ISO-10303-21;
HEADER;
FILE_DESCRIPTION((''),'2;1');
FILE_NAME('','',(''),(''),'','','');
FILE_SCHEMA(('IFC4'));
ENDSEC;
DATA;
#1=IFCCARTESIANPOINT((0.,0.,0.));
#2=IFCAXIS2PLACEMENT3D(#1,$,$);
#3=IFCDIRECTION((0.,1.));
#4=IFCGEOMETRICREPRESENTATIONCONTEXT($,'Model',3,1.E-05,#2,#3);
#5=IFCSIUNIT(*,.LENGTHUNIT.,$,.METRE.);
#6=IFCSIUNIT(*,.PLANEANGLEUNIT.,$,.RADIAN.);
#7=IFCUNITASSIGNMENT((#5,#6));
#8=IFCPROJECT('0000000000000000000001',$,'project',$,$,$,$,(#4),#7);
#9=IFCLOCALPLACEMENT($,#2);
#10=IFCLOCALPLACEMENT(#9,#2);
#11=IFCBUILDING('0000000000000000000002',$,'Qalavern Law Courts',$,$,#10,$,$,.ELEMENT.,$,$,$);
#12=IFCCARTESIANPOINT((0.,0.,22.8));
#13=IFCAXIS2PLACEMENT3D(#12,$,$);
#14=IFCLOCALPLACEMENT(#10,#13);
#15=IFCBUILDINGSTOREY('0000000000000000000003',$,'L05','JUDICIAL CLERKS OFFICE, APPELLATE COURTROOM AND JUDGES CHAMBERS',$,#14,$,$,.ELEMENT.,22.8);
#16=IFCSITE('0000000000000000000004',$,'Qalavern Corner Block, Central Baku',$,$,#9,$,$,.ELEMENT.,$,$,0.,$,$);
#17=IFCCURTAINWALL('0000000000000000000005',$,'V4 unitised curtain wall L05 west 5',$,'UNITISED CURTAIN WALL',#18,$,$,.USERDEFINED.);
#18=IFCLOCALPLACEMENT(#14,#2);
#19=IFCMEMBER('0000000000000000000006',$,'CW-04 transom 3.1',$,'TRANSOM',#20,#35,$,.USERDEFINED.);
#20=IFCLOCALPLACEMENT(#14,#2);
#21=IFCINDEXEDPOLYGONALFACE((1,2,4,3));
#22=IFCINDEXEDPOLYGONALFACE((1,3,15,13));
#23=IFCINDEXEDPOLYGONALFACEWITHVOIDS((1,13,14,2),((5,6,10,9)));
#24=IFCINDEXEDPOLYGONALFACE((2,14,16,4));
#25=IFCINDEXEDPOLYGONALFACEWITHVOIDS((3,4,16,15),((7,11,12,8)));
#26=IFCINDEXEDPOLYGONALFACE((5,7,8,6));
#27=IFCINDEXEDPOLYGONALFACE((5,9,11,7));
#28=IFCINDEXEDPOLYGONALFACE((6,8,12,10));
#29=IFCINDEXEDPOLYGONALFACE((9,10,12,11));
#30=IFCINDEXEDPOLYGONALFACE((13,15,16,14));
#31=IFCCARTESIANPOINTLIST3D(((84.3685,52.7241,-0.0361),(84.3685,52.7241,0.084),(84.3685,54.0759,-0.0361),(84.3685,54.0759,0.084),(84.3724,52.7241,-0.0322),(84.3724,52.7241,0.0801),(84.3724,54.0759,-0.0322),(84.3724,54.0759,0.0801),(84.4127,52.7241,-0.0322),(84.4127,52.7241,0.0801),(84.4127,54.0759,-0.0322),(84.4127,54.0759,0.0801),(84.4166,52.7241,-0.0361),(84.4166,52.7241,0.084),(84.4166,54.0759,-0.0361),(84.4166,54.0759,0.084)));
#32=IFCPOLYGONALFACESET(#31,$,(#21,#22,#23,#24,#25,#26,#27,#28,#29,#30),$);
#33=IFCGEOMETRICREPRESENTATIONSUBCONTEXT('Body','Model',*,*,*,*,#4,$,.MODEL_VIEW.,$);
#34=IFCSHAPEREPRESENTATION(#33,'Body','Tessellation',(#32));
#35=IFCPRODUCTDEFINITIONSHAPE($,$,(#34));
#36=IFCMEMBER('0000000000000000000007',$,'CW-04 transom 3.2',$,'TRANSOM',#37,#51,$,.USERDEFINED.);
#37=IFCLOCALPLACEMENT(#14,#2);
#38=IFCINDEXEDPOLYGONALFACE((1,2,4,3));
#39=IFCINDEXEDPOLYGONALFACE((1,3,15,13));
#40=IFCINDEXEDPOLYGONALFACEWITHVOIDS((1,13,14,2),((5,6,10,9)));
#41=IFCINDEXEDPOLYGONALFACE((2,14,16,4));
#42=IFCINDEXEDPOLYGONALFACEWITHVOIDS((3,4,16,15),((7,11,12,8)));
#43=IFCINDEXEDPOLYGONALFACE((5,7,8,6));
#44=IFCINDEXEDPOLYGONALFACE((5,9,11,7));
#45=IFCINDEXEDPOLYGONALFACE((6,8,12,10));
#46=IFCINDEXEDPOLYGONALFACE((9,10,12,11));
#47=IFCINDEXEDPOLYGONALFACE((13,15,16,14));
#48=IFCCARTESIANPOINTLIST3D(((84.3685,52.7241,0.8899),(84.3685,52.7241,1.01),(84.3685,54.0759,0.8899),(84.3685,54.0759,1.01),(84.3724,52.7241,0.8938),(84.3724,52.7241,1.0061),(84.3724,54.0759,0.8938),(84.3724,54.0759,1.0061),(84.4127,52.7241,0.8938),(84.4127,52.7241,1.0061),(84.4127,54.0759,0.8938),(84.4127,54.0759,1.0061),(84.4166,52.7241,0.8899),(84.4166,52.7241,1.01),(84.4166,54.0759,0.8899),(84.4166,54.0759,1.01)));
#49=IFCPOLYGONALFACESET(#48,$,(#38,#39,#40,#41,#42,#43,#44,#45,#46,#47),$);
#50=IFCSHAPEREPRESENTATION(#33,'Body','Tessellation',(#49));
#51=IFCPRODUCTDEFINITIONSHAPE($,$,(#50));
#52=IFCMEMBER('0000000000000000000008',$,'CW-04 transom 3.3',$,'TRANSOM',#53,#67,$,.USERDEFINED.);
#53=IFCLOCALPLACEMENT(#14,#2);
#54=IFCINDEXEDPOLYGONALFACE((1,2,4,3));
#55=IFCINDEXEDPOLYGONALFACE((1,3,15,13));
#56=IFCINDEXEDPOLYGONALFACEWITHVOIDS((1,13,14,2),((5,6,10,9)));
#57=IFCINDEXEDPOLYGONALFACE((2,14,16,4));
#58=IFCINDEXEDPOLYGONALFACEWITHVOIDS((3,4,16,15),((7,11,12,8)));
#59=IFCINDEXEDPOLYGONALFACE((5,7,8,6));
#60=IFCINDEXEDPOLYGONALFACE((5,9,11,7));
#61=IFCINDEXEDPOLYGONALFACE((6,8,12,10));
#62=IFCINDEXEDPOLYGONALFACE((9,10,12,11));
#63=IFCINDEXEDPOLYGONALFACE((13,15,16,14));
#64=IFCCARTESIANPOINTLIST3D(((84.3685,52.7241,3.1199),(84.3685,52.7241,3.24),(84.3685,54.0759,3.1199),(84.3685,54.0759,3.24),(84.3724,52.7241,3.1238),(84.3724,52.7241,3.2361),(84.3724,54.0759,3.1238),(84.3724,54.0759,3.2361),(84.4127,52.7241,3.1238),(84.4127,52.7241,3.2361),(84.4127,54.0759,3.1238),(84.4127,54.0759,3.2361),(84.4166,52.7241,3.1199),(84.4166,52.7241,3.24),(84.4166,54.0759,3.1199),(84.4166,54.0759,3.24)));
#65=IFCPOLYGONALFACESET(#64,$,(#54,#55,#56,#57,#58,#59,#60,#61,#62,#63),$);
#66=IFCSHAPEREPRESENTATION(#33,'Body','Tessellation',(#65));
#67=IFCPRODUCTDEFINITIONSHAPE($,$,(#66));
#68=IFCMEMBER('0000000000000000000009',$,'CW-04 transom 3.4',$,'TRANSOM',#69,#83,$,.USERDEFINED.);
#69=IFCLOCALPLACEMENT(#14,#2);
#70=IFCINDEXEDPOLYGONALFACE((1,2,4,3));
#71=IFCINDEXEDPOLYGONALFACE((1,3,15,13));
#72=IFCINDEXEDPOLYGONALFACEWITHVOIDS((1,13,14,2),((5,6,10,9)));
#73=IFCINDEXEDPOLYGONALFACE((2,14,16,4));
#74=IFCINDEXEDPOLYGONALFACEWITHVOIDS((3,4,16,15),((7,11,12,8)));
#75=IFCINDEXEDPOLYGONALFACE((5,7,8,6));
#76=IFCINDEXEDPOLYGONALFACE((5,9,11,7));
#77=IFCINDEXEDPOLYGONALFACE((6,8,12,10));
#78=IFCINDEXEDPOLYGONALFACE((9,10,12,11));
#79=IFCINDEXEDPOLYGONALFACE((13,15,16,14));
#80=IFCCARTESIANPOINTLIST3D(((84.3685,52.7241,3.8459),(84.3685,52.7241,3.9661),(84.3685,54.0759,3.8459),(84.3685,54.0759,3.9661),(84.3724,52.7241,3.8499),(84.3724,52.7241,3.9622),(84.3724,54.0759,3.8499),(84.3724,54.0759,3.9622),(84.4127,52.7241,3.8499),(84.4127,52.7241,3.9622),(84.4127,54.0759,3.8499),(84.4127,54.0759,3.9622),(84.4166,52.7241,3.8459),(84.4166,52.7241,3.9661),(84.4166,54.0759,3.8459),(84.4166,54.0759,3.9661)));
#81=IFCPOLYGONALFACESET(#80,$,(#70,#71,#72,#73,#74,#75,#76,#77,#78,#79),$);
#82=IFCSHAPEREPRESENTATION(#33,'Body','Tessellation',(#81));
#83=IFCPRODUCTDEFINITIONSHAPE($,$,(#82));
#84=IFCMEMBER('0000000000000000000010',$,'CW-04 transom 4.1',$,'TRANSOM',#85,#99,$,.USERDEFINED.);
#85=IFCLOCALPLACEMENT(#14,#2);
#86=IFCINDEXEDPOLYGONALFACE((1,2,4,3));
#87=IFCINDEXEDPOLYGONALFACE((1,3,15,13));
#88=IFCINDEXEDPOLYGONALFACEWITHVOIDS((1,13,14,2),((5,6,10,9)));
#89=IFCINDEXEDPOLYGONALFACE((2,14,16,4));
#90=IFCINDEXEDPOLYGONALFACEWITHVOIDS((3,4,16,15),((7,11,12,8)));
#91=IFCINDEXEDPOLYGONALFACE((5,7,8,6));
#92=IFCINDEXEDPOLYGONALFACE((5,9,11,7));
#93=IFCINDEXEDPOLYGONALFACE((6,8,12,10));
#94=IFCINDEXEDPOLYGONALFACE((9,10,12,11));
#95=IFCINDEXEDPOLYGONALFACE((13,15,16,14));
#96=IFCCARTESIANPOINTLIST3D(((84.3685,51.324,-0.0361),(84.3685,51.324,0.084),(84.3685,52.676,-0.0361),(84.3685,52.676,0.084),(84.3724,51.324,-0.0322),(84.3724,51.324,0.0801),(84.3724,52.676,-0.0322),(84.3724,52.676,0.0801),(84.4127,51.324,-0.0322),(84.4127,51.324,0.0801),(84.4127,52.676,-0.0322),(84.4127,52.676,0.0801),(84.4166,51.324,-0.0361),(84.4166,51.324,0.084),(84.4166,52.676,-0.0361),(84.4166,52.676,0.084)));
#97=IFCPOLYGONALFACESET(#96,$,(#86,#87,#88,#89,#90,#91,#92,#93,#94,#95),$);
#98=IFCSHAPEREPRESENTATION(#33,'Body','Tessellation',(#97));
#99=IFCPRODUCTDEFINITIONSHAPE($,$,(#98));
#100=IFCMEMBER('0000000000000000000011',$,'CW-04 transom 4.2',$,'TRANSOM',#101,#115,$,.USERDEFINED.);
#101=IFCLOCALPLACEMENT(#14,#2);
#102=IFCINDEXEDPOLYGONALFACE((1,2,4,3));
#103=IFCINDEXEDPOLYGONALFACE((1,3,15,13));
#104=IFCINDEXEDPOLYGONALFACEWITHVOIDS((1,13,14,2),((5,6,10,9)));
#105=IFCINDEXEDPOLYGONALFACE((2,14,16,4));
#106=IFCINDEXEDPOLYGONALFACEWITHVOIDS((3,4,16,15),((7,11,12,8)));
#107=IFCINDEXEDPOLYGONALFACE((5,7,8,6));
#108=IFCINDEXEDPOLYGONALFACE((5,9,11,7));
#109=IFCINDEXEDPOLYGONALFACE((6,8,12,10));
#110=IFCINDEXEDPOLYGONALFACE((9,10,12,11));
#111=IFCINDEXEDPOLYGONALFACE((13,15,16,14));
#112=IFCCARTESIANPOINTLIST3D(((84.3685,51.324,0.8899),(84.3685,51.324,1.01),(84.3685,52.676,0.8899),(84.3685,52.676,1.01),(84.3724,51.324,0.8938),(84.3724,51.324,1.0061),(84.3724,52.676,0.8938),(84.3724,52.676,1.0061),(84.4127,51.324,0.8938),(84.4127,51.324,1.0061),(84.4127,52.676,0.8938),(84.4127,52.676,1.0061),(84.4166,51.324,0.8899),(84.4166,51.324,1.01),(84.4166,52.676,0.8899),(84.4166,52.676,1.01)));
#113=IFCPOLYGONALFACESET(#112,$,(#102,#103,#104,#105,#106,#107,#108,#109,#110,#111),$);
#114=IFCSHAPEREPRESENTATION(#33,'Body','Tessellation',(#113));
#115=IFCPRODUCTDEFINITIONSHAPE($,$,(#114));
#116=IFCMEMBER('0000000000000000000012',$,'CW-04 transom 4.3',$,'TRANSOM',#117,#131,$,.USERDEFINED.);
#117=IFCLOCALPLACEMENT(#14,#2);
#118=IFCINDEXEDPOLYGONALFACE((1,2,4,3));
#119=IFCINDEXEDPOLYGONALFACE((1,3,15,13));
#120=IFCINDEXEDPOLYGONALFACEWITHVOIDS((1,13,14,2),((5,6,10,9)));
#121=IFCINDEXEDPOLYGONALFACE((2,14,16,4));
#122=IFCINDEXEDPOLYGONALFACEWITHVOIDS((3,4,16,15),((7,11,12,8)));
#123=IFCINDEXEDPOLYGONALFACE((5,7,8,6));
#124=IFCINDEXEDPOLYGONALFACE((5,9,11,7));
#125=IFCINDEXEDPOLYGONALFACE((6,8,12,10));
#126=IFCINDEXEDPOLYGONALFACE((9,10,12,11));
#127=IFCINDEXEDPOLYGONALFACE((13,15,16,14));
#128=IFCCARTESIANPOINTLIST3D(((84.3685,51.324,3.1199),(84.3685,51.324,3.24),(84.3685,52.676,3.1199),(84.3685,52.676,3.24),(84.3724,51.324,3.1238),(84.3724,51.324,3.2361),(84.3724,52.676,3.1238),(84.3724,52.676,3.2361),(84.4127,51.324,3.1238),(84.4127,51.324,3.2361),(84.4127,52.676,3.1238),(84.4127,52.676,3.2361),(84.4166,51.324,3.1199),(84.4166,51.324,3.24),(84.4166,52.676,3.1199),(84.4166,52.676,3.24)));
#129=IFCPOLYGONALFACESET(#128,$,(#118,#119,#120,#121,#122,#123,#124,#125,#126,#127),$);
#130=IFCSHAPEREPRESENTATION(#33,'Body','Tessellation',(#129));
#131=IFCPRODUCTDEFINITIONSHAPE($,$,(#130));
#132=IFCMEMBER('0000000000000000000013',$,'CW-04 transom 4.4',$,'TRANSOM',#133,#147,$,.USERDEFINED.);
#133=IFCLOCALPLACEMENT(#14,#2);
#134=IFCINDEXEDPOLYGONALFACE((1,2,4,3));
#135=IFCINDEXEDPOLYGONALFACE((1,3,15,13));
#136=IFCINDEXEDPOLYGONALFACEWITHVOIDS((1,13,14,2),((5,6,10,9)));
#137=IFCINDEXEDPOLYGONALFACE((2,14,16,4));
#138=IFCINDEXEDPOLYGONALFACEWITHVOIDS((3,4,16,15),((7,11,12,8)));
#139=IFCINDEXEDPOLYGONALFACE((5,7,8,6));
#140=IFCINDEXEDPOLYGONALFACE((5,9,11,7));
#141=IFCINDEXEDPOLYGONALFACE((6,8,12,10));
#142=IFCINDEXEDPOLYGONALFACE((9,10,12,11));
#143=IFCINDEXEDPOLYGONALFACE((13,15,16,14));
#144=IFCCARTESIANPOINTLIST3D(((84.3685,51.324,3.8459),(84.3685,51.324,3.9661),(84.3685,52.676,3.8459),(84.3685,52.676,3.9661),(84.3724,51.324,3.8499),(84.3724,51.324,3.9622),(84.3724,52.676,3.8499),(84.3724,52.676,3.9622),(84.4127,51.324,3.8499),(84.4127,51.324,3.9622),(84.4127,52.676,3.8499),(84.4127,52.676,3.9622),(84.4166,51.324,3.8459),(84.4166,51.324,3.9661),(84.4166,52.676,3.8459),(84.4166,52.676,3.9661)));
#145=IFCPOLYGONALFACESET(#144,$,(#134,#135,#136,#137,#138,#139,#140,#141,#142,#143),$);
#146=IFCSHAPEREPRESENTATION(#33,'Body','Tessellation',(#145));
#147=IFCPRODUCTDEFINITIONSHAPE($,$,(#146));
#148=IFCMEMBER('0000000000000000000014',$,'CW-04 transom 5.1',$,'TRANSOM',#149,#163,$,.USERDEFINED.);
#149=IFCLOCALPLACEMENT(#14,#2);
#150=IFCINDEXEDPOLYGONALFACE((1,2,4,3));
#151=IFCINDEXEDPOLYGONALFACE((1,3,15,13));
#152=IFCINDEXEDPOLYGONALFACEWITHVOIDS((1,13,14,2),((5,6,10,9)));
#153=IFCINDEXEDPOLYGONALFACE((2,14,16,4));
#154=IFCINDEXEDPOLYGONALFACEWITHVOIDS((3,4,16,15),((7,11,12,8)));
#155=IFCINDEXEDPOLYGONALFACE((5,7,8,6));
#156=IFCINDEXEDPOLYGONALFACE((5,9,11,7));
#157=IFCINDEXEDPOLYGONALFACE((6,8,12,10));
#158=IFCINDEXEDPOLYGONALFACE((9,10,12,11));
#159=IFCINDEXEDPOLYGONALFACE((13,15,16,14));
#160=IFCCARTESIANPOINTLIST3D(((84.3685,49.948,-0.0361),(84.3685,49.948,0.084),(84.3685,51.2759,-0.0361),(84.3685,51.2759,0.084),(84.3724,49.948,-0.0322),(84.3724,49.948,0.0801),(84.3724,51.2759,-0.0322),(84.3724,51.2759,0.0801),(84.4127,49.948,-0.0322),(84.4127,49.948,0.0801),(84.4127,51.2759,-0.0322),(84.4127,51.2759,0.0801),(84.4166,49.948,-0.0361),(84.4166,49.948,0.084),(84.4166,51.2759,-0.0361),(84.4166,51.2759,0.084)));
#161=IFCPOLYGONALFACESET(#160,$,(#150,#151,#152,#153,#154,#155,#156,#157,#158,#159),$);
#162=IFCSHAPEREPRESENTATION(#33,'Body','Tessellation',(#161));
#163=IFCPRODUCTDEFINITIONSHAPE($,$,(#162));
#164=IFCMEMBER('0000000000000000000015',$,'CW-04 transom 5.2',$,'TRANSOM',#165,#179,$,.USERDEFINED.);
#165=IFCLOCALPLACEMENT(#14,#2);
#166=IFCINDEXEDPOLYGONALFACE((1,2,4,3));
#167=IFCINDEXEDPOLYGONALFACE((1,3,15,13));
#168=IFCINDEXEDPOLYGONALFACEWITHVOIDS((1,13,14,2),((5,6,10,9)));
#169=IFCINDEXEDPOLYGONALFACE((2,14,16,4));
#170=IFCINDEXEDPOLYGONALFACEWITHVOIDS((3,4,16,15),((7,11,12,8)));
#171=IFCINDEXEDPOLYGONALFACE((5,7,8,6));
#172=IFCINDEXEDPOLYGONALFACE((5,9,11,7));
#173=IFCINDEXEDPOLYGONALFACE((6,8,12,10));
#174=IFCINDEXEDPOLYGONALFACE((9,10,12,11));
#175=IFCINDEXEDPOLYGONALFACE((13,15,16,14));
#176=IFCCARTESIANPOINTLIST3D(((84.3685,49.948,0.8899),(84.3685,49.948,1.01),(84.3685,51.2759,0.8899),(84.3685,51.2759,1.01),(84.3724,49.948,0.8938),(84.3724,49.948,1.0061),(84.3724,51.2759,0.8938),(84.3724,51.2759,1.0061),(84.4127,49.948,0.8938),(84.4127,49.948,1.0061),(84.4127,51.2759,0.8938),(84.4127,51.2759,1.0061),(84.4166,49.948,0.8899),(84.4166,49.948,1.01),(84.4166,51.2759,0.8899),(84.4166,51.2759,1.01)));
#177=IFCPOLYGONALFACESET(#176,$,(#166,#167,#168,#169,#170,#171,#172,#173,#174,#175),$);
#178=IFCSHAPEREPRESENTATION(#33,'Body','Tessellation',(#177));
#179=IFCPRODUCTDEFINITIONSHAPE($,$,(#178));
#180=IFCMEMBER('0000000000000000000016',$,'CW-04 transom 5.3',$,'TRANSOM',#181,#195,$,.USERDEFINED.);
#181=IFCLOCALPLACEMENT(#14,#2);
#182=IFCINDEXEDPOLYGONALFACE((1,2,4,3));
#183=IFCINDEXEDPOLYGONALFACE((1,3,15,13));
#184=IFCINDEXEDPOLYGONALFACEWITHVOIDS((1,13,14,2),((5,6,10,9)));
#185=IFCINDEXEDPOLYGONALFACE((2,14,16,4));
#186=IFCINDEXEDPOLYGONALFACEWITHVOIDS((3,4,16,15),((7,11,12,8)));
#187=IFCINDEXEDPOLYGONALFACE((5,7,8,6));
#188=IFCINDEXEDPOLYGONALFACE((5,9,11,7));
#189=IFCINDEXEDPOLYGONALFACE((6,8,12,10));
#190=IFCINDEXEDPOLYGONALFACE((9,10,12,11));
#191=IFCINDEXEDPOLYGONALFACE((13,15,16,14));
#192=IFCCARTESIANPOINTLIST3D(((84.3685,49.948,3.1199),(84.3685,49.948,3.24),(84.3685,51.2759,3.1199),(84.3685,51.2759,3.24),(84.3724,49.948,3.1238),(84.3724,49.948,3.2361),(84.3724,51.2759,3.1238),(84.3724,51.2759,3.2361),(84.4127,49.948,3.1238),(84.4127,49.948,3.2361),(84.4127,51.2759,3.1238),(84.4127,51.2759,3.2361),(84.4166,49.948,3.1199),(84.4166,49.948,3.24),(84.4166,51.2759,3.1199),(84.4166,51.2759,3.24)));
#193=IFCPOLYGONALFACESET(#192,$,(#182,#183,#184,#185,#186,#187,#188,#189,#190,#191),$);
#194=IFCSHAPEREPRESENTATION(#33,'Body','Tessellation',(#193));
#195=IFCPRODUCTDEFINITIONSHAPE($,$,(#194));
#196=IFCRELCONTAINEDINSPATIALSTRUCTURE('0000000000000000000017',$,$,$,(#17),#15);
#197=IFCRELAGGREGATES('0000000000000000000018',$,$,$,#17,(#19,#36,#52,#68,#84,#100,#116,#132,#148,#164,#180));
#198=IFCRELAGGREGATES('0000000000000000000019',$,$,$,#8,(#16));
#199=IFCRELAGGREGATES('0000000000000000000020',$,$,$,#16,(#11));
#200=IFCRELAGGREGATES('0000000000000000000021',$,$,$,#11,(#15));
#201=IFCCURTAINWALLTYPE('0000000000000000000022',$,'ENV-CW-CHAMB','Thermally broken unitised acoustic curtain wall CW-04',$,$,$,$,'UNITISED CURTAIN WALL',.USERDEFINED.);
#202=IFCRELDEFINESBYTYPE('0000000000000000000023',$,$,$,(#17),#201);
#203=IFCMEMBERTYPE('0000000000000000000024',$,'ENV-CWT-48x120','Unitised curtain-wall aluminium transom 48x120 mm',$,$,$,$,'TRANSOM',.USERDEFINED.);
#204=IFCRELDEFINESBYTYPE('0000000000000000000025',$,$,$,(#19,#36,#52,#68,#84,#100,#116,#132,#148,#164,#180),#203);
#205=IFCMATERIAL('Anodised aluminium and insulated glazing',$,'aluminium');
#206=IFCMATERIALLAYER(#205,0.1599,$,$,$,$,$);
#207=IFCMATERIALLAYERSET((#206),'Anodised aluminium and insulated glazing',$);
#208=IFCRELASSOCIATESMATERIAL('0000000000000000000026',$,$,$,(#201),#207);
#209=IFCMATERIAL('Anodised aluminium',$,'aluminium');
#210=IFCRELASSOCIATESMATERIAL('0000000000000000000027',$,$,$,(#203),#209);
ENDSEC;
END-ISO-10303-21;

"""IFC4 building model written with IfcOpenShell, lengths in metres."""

from ifc_helpers import new_model, si_unit, direction, frame, origin, origin_2d, place, context, subcontext, project, spatial, hollow_rectangle, extrude, material, layer, layer_set, material_profile, profile_set, type_object, element, aggregate, save


model = new_model("IFC4")

# Units and contexts
model_context = context("Model", 3, precision=1e-05, world=origin(), true_north=direction((0.0, 1.0)))
body_context = subcontext(model_context, "Body", "Model", "MODEL_VIEW")
ifc_project = project(units=[si_unit("LENGTHUNIT", "METRE"), si_unit("PLANEANGLEUNIT", "RADIAN")], contexts=[model_context])

# Site, building, storey
site_placement = place(None, origin())
site = spatial("IfcSite", under=ifc_project, at=site_placement, Name="Qalavern Corner Block, Central Baku", CompositionType="ELEMENT", RefElevation=0.0)
building_placement = place(site_placement, origin())
building = spatial("IfcBuilding", under=site, at=building_placement, Name="Qalavern Law Courts", CompositionType="ELEMENT")
storey_placement = place(building_placement, frame((0.0, 0.0, 22.8)))
storey = spatial("IfcBuildingStorey", under=building, at=storey_placement, Name="L05", Description="JUDICIAL CLERKS OFFICE, APPELLATE COURTROOM AND JUDGES CHAMBERS", CompositionType="ELEMENT", Elevation=22.8)

# Curtain wall
ifc_material_1 = material(Name="Anodised aluminium and insulated glazing", Category="aluminium")
ifc_layer_1 = layer(ifc_material_1, 0.1599)
ifc_layer_set_1 = layer_set([ifc_layer_1], Name="Anodised aluminium and insulated glazing")
curtain_wall_type = type_object("IfcCurtainWallType", Name="ENV-CW-CHAMB", Description="Thermally broken unitised acoustic curtain wall CW-04", ElementType="UNITISED CURTAIN WALL", PredefinedType="USERDEFINED", material=ifc_layer_set_1)
curtain_wall_1_placement = place(storey_placement, origin())
curtain_wall_1 = element("IfcCurtainWall", 1, at=curtain_wall_1_placement, inside=storey, type_object=curtain_wall_type, Name="V4 unitised curtain wall L05 west 5", ObjectType="UNITISED CURTAIN WALL", PredefinedType="USERDEFINED")
ifc_material_2 = material(Name="Anodised aluminium", Category="aluminium")

# Members
ifc_material_profile_1 = material_profile(ifc_material_2, hollow_rectangle(XDim=0.0481, YDim=0.1201, WallThickness=0.0039, at=origin_2d()), Name="ALU TRANSOM 48x120")
ifc_profile_set_1 = profile_set([ifc_material_profile_1], Name="Anodised aluminium")
member_type_1 = type_object("IfcMemberType", Name="ENV-CWT-48x120", Description="Unitised curtain-wall aluminium transom 48x120 mm", ElementType="TRANSOM", PredefinedType="USERDEFINED", material=ifc_profile_set_1)
member_1_placement = place(storey_placement, frame((84.3926, 54.0759, 0.0239), z_axis=(0.0, -1.0, 0.0), x_axis=(1.0, 0.0, 0.0)))
member_1 = element("IfcMember", 2, at=member_1_placement, type_object=member_type_1, Name="CW-04 transom 3.1", ObjectType="TRANSOM", PredefinedType="USERDEFINED", context=body_context, shape_type="SweptSolid", body=[
    extrude(hollow_rectangle(XDim=0.0481, YDim=0.1201, WallThickness=0.0039, at=origin_2d()), origin(), (0.0, 0.0, 1.0), 1.3518),
])
member_2_placement = place(storey_placement, frame((84.3926, 54.0759, 0.95), z_axis=(0.0, -1.0, 0.0), x_axis=(1.0, 0.0, 0.0)))
member_2 = element("IfcMember", 3, at=member_2_placement, type_object=member_type_1, Name="CW-04 transom 3.2", ObjectType="TRANSOM", PredefinedType="USERDEFINED", context=body_context, shape_type="SweptSolid", body=[
    extrude(hollow_rectangle(XDim=0.0481, YDim=0.1201, WallThickness=0.0039, at=origin_2d()), origin(), (0.0, 0.0, 1.0), 1.3518),
])
member_3_placement = place(storey_placement, frame((84.3926, 54.0759, 3.1799), z_axis=(0.0, -1.0, 0.0), x_axis=(1.0, 0.0, 0.0)))
member_3 = element("IfcMember", 4, at=member_3_placement, type_object=member_type_1, Name="CW-04 transom 3.3", ObjectType="TRANSOM", PredefinedType="USERDEFINED", context=body_context, shape_type="SweptSolid", body=[
    extrude(hollow_rectangle(XDim=0.0481, YDim=0.1201, WallThickness=0.0039, at=origin_2d()), origin(), (0.0, 0.0, 1.0), 1.3518),
])
member_4_placement = place(storey_placement, frame((84.3926, 54.0759, 3.906), z_axis=(0.0, -1.0, 0.0), x_axis=(1.0, 0.0, 0.0)))
member_4 = element("IfcMember", 5, at=member_4_placement, type_object=member_type_1, Name="CW-04 transom 3.4", ObjectType="TRANSOM", PredefinedType="USERDEFINED", context=body_context, shape_type="SweptSolid", body=[
    extrude(hollow_rectangle(XDim=0.0481, YDim=0.1201, WallThickness=0.0039, at=origin_2d()), origin(), (0.0, 0.0, 1.0), 1.3518),
])
member_5_placement = place(storey_placement, frame((84.3926, 52.676, 0.0239), z_axis=(0.0, -1.0, 0.0), x_axis=(1.0, 0.0, 0.0)))
member_5 = element("IfcMember", 6, at=member_5_placement, type_object=member_type_1, Name="CW-04 transom 4.1", ObjectType="TRANSOM", PredefinedType="USERDEFINED", context=body_context, shape_type="SweptSolid", body=[
    extrude(hollow_rectangle(XDim=0.0481, YDim=0.1201, WallThickness=0.0039, at=origin_2d()), origin(), (0.0, 0.0, 1.0), 1.3521),
])
member_6_placement = place(storey_placement, frame((84.3926, 52.676, 0.95), z_axis=(0.0, -1.0, 0.0), x_axis=(1.0, 0.0, 0.0)))
member_6 = element("IfcMember", 7, at=member_6_placement, type_object=member_type_1, Name="CW-04 transom 4.2", ObjectType="TRANSOM", PredefinedType="USERDEFINED", context=body_context, shape_type="SweptSolid", body=[
    extrude(hollow_rectangle(XDim=0.0481, YDim=0.1201, WallThickness=0.0039, at=origin_2d()), origin(), (0.0, 0.0, 1.0), 1.3521),
])
member_7_placement = place(storey_placement, frame((84.3926, 52.676, 3.1799), z_axis=(0.0, -1.0, 0.0), x_axis=(1.0, 0.0, 0.0)))
member_7 = element("IfcMember", 8, at=member_7_placement, type_object=member_type_1, Name="CW-04 transom 4.3", ObjectType="TRANSOM", PredefinedType="USERDEFINED", context=body_context, shape_type="SweptSolid", body=[
    extrude(hollow_rectangle(XDim=0.0481, YDim=0.1201, WallThickness=0.0039, at=origin_2d()), origin(), (0.0, 0.0, 1.0), 1.3521),
])
member_8_placement = place(storey_placement, frame((84.3926, 52.676, 3.906), z_axis=(0.0, -1.0, 0.0), x_axis=(1.0, 0.0, 0.0)))
member_8 = element("IfcMember", 9, at=member_8_placement, type_object=member_type_1, Name="CW-04 transom 4.4", ObjectType="TRANSOM", PredefinedType="USERDEFINED", context=body_context, shape_type="SweptSolid", body=[
    extrude(hollow_rectangle(XDim=0.0481, YDim=0.1201, WallThickness=0.0039, at=origin_2d()), origin(), (0.0, 0.0, 1.0), 1.3521),
])
member_9_placement = place(storey_placement, frame((84.3926, 51.2759, 0.0239), z_axis=(0.0, -1.0, 0.0), x_axis=(1.0, 0.0, 0.0)))
member_9 = element("IfcMember", 10, at=member_9_placement, type_object=member_type_1, Name="CW-04 transom 5.1", ObjectType="TRANSOM", PredefinedType="USERDEFINED", context=body_context, shape_type="SweptSolid", body=[
    extrude(hollow_rectangle(XDim=0.0481, YDim=0.1201, WallThickness=0.0039, at=origin_2d()), origin(), (0.0, 0.0, 1.0), 1.3279),
])
member_10_placement = place(storey_placement, frame((84.3926, 51.2759, 0.95), z_axis=(0.0, -1.0, 0.0), x_axis=(1.0, 0.0, 0.0)))
member_10 = element("IfcMember", 11, at=member_10_placement, type_object=member_type_1, Name="CW-04 transom 5.2", ObjectType="TRANSOM", PredefinedType="USERDEFINED", context=body_context, shape_type="SweptSolid", body=[
    extrude(hollow_rectangle(XDim=0.0481, YDim=0.1201, WallThickness=0.0039, at=origin_2d()), origin(), (0.0, 0.0, 1.0), 1.3279),
])
member_11_placement = place(storey_placement, frame((84.3926, 51.2759, 3.1799), z_axis=(0.0, -1.0, 0.0), x_axis=(1.0, 0.0, 0.0)))
member_11 = element("IfcMember", 12, at=member_11_placement, type_object=member_type_1, Name="CW-04 transom 5.3", ObjectType="TRANSOM", PredefinedType="USERDEFINED", context=body_context, shape_type="SweptSolid", body=[
    extrude(hollow_rectangle(XDim=0.0481, YDim=0.1201, WallThickness=0.0039, at=origin_2d()), origin(), (0.0, 0.0, 1.0), 1.3279),
])

aggregate(curtain_wall_1, [member_1, member_2, member_3, member_4, member_5, member_6, member_7, member_8, member_9, member_10, member_11])

save(model, "model.ifc")
